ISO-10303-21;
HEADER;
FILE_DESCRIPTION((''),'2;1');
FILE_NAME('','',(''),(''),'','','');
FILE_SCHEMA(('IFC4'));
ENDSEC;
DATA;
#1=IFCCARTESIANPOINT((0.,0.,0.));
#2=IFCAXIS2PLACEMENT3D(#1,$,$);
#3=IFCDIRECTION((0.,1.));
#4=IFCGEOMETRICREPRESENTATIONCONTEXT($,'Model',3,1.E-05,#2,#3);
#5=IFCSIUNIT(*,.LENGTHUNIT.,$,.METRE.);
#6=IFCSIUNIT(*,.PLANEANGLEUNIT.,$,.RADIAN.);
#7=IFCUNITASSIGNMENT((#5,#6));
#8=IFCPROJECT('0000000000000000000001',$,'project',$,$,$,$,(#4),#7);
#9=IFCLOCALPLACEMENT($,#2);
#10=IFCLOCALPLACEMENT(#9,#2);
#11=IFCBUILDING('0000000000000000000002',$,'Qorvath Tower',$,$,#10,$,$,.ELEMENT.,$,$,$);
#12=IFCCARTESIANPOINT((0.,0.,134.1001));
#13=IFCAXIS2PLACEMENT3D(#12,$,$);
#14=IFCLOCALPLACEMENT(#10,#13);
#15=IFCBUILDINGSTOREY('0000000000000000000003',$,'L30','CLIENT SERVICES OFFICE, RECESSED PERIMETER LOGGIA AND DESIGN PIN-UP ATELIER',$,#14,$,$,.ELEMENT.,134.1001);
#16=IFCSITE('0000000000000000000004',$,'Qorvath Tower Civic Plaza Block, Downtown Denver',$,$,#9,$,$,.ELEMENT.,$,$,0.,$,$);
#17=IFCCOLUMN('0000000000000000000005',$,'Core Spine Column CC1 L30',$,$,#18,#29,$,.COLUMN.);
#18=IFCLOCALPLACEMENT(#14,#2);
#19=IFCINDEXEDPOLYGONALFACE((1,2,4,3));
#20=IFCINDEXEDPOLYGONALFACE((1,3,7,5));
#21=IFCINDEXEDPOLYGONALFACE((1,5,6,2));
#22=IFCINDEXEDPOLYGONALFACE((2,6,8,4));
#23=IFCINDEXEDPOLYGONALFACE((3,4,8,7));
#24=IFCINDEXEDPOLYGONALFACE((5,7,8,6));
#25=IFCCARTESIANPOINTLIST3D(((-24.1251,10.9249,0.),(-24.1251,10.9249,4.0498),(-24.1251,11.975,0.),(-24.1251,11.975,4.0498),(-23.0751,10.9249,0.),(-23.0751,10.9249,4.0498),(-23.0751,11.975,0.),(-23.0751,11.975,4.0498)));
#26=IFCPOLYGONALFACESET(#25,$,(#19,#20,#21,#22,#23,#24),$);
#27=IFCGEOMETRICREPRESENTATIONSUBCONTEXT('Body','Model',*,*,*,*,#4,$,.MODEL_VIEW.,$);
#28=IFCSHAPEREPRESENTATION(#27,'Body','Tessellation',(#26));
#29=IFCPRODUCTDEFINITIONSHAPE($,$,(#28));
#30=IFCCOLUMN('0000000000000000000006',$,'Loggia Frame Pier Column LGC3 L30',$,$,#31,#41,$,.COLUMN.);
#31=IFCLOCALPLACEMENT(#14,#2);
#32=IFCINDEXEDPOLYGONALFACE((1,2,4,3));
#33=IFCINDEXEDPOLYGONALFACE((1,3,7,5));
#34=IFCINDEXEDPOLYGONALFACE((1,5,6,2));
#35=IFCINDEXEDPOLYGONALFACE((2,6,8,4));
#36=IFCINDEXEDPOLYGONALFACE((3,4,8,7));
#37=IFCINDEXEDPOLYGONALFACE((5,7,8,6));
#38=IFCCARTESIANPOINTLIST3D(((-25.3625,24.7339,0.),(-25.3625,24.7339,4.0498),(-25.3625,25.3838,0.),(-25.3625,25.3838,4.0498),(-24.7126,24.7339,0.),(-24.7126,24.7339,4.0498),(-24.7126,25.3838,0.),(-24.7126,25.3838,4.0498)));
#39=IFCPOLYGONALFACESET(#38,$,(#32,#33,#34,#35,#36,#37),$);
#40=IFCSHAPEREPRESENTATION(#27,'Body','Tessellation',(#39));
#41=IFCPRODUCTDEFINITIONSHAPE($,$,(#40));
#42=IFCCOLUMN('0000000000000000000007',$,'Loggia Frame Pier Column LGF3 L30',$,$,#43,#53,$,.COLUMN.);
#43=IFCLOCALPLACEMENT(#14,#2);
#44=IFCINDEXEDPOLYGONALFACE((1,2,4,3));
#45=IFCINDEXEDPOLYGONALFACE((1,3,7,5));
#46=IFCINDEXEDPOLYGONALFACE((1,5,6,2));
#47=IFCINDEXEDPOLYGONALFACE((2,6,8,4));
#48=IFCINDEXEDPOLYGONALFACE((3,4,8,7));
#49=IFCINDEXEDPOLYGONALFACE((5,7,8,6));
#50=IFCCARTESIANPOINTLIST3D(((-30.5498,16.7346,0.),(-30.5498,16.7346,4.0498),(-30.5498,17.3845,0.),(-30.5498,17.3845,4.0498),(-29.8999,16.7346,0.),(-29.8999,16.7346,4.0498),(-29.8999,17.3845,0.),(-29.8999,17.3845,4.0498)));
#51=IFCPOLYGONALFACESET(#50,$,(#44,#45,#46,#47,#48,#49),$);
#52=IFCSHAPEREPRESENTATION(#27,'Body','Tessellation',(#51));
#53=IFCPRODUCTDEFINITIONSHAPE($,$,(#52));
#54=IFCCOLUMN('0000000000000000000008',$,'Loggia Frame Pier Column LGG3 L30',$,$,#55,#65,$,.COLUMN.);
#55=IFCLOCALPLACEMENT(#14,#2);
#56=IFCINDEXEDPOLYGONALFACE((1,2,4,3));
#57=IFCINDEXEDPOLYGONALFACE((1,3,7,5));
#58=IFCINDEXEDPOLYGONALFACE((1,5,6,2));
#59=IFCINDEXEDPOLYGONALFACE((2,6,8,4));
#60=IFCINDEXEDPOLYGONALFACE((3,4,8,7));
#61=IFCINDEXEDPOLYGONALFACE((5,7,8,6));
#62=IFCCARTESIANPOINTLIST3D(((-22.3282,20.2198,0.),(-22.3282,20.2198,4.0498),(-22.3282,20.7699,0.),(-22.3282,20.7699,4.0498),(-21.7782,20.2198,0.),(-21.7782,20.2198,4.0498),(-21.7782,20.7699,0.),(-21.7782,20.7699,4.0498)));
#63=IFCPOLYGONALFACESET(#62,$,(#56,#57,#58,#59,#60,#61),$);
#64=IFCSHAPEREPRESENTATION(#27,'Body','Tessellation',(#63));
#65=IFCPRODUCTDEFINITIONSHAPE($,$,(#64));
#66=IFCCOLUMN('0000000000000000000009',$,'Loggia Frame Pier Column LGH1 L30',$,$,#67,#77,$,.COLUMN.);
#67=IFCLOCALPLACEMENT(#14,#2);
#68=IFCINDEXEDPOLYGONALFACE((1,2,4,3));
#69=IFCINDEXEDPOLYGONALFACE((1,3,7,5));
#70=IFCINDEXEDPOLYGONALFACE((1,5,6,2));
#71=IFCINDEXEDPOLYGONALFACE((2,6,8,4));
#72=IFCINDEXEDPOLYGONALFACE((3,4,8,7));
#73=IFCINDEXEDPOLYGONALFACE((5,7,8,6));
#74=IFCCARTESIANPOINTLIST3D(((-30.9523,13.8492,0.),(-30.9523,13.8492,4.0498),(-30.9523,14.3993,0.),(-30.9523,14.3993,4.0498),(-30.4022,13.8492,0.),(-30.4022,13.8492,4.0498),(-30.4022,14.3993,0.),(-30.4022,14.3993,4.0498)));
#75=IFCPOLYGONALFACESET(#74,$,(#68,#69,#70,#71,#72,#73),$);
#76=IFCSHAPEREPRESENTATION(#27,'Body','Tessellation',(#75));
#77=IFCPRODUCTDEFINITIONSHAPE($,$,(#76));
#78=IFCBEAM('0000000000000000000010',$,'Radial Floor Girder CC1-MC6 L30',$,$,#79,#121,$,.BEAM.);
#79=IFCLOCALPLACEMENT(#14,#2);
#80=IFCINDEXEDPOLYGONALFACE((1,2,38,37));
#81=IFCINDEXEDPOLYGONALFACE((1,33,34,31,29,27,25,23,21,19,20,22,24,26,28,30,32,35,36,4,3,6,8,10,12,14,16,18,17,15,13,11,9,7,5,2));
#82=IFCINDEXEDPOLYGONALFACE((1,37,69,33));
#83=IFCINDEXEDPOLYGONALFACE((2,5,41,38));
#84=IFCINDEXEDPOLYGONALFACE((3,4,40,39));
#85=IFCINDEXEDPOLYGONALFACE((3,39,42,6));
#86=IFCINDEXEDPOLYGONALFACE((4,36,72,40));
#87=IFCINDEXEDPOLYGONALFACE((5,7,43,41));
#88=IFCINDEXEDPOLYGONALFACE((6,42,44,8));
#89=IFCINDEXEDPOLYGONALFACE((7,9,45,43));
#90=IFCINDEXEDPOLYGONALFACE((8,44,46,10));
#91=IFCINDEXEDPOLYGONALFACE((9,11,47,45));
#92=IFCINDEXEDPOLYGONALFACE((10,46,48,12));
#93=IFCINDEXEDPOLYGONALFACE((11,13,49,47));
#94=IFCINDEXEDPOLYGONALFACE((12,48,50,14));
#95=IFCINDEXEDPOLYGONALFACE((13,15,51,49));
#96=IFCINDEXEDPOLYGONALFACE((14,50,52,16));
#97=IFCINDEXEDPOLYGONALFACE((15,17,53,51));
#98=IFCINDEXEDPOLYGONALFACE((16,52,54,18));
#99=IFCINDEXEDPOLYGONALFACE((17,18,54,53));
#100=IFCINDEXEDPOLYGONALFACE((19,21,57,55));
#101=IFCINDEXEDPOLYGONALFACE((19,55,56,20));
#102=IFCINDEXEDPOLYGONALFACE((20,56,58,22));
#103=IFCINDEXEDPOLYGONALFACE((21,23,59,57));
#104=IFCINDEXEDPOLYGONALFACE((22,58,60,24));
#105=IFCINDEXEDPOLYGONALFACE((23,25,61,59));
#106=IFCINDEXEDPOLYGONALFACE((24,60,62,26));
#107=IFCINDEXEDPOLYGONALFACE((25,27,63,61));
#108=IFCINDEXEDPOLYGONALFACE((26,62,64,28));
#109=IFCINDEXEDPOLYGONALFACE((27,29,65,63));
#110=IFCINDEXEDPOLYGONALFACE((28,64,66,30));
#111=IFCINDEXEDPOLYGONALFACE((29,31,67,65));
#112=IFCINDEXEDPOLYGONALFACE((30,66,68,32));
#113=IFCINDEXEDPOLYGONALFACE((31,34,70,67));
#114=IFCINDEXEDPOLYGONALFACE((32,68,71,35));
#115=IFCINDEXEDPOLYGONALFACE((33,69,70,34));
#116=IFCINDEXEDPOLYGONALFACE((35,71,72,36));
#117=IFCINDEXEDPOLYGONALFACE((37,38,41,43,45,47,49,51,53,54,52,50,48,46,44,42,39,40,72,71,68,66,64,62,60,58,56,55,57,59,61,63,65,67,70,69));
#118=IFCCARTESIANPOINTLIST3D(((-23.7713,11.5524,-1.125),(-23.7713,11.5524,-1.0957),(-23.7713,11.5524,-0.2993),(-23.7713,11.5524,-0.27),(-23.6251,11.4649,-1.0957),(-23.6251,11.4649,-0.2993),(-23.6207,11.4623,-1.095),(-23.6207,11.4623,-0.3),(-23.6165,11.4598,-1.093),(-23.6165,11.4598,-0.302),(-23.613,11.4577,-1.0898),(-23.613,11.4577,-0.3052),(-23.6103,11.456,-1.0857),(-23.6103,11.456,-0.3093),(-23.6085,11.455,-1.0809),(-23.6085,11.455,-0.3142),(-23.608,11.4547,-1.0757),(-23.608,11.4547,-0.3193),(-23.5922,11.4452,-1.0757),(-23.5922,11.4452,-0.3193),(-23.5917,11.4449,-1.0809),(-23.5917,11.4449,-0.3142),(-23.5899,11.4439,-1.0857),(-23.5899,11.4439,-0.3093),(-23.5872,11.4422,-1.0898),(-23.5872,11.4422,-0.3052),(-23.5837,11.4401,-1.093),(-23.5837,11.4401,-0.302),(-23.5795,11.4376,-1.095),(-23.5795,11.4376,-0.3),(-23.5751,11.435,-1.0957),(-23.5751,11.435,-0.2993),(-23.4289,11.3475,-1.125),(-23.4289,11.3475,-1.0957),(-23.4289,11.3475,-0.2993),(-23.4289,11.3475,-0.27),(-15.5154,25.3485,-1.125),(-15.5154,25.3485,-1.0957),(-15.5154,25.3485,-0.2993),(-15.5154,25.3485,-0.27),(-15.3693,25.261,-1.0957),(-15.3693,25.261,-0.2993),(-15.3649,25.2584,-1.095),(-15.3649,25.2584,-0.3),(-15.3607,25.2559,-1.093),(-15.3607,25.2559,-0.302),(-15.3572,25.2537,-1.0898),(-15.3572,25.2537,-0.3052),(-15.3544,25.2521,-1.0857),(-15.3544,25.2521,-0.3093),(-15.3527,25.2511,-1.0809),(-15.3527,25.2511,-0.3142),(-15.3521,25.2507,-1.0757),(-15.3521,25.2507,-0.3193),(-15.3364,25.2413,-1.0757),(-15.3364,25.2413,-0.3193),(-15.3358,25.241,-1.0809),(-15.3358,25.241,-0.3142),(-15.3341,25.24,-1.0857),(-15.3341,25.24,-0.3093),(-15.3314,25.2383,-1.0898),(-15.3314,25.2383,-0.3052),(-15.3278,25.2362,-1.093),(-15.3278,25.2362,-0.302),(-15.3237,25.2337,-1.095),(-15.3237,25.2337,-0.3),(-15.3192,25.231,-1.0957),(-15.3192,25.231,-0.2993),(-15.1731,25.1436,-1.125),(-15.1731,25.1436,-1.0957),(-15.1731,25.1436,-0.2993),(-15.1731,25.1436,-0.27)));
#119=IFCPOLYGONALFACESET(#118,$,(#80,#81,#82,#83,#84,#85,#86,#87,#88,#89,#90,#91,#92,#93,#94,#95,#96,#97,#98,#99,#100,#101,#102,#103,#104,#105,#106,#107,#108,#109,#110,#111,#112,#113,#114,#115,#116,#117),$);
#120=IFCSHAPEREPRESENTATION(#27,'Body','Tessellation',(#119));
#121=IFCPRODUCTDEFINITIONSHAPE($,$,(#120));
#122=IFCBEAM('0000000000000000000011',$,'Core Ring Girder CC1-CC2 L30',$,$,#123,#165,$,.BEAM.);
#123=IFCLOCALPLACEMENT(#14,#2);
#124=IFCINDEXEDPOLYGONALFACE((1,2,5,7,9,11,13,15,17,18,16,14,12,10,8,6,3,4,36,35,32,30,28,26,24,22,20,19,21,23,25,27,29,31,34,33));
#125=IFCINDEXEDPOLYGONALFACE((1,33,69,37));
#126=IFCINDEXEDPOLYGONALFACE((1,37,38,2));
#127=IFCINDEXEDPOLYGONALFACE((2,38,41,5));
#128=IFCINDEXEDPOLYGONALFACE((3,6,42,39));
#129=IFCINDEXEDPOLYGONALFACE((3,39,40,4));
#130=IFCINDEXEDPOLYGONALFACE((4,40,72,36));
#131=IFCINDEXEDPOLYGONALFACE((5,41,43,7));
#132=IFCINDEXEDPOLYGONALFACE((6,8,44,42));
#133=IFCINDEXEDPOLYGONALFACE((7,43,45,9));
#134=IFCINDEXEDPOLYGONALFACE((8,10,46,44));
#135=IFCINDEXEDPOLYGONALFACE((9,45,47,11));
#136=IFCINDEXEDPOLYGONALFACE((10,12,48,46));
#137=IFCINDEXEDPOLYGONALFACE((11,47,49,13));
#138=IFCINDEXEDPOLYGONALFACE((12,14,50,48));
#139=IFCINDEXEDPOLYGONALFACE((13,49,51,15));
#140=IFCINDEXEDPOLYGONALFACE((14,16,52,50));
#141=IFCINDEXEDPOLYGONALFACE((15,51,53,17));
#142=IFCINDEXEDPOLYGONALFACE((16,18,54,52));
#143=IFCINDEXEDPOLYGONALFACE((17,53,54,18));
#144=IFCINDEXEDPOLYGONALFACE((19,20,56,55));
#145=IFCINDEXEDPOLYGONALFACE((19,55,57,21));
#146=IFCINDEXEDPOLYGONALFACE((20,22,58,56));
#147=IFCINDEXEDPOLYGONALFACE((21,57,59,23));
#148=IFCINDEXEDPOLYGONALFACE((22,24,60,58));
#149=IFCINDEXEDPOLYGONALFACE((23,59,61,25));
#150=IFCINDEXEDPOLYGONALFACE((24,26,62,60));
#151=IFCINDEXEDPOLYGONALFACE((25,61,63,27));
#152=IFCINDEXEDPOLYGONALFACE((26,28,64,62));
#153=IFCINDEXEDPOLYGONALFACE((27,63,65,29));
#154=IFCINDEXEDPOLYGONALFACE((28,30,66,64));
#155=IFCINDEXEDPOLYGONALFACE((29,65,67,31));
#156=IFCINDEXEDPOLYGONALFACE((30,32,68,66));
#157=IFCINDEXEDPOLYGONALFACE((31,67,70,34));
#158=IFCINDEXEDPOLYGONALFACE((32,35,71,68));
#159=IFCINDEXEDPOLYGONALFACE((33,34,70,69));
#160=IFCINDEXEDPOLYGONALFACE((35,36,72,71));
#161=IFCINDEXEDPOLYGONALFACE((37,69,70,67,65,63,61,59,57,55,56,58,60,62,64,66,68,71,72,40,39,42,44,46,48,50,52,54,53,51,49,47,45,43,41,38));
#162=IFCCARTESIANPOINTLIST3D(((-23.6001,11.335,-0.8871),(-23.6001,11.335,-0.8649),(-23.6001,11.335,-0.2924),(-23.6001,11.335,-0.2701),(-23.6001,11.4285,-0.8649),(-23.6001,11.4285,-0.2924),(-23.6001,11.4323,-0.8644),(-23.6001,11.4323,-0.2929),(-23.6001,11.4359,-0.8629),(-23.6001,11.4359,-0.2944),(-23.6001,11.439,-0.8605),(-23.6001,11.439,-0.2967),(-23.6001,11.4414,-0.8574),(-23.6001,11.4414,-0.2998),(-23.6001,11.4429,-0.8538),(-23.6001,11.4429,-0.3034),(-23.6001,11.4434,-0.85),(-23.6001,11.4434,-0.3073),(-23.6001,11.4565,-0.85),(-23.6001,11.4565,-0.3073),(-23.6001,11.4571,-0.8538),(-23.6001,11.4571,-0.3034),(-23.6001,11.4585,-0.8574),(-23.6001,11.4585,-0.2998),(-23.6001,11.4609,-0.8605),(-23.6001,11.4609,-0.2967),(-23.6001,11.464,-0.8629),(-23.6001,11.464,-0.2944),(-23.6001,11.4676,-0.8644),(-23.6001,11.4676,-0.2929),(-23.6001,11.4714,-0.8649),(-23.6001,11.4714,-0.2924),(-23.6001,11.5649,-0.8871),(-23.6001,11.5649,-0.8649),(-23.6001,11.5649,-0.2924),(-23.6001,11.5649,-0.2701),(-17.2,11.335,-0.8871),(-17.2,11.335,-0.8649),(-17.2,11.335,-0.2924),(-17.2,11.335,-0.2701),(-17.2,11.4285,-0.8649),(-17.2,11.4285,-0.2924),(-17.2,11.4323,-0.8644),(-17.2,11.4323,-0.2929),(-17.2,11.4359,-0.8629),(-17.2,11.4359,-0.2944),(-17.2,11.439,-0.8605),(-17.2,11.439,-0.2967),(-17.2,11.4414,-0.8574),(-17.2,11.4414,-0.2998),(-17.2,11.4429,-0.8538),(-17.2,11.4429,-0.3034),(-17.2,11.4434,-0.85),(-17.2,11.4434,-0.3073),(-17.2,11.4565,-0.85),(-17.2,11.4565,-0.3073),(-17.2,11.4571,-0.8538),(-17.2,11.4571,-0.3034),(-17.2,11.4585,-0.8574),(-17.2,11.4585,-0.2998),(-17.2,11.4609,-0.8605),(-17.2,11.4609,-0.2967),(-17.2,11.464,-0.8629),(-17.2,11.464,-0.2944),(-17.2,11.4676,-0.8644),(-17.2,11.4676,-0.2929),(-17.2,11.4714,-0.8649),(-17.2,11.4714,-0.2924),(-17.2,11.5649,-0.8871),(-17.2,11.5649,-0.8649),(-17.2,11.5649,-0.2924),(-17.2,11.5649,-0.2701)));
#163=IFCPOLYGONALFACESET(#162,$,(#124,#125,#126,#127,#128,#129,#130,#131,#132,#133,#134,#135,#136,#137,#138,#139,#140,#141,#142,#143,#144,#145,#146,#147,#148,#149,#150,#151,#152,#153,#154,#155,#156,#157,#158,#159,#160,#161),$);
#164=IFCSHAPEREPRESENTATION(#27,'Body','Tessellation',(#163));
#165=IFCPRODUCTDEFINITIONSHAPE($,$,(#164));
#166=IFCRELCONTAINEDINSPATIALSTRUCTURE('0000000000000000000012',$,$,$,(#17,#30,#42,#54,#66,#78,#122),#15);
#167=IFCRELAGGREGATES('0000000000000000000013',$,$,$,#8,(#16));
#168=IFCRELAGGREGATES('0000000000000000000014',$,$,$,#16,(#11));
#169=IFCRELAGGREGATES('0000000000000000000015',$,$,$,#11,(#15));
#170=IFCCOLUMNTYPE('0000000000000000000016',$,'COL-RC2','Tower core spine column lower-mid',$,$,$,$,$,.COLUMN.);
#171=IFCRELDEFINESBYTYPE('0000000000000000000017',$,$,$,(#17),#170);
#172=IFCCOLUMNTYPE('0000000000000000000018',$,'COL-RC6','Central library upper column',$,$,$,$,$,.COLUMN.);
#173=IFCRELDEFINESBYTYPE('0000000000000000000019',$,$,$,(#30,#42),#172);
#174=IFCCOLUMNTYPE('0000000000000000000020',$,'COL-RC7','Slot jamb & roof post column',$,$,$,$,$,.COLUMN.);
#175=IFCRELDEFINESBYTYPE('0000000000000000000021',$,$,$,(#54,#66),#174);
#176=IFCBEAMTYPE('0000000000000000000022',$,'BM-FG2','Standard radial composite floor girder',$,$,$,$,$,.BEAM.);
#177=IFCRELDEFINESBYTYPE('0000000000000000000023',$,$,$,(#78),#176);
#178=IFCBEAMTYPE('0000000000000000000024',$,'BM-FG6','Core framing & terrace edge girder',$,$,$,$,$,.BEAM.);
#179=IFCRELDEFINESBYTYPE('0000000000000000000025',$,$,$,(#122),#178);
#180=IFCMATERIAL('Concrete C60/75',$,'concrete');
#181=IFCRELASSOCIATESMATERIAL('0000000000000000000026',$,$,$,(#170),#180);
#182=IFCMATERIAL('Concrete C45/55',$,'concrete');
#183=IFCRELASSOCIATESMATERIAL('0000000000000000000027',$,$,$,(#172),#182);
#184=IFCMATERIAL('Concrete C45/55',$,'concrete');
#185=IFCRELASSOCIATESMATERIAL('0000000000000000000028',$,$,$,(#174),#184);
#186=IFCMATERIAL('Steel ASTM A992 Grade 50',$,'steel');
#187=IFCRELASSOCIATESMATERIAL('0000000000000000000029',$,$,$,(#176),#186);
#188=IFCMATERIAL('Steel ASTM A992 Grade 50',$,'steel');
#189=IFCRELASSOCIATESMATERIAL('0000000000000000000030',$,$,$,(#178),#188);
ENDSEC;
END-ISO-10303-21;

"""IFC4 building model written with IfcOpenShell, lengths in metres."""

from ifc_helpers import new_model, si_unit, direction, frame, origin, origin_2d, place, context, subcontext, project, spatial, rectangle, i_section, extrude, material, material_profile, profile_set, type_object, element, save


model = new_model("IFC4")

# Units and contexts
model_context = context("Model", 3, precision=1e-05, world=origin(), true_north=direction((0.0, 1.0)))
body_context = subcontext(model_context, "Body", "Model", "MODEL_VIEW")
ifc_project = project(units=[si_unit("LENGTHUNIT", "METRE"), si_unit("PLANEANGLEUNIT", "RADIAN")], contexts=[model_context])

# Site, building, storey
site_placement = place(None, origin())
site = spatial("IfcSite", under=ifc_project, at=site_placement, Name="Qorvath Tower Civic Plaza Block, Downtown Denver", CompositionType="ELEMENT", RefElevation=0.0)
building_placement = place(site_placement, origin())
building = spatial("IfcBuilding", under=site, at=building_placement, Name="Qorvath Tower", CompositionType="ELEMENT")
storey_placement = place(building_placement, frame((0.0, 0.0, 134.1001)))
storey = spatial("IfcBuildingStorey", under=building, at=storey_placement, Name="L30", Description="CLIENT SERVICES OFFICE, RECESSED PERIMETER LOGGIA AND DESIGN PIN-UP ATELIER", CompositionType="ELEMENT", Elevation=134.1001)

# Columns
ifc_material_1 = material(Name="Concrete C60/75", Category="concrete")
ifc_material_profile_1 = material_profile(ifc_material_1, rectangle(XDim=1.05, YDim=1.05, at=origin_2d()), Name="RC 1050x1050")
ifc_profile_set_1 = profile_set([ifc_material_profile_1], Name="Concrete C60/75")
column_type_1 = type_object("IfcColumnType", Name="COL-RC2", Description="Tower core spine column lower-mid", PredefinedType="COLUMN", material=ifc_profile_set_1)
column_placement = place(storey_placement, frame((-23.6001, 11.45, 0.0), z_axis=(0.0, 0.0, 1.0), x_axis=(1.0, 0.0, 0.0)))
element("IfcColumn", 1, at=column_placement, inside=storey, type_object=column_type_1, Name="Core Spine Column CC1 L30", PredefinedType="COLUMN", context=body_context, shape_type="SweptSolid", body=[
    extrude(rectangle(XDim=1.05, YDim=1.05, at=origin_2d()), origin(), (0.0, 0.0, 1.0), 4.0498),
])
ifc_material_2 = material(Name="Concrete C45/55", Category="concrete")
ifc_material_profile_2 = material_profile(ifc_material_2, rectangle(XDim=0.6499, YDim=0.6499, at=origin_2d()), Name="RC 650x650")
ifc_profile_set_2 = profile_set([ifc_material_profile_2], Name="Concrete C45/55")
column_type_2 = type_object("IfcColumnType", Name="COL-RC6", Description="Central library upper column", PredefinedType="COLUMN", material=ifc_profile_set_2)
for number, where, z_axis, x_axis, name in (
    (2, (-25.0376, 25.0588, 0.0), (0.0, 0.0, 1.0), (1.0, 0.0, 0.0), "Loggia Frame Pier Column LGC3 L30"),
    (3, (-30.2249, 17.0596, 0.0), (0.0, 0.0, 1.0), (1.0, 0.0, 0.0), "Loggia Frame Pier Column LGF3 L30"),
):
    element("IfcColumn", number, at=place(storey_placement, frame(where, z_axis=z_axis, x_axis=x_axis)), inside=storey, type_object=column_type_2, Name=name, PredefinedType="COLUMN", context=body_context, shape_type="SweptSolid", body=[
        extrude(rectangle(XDim=0.6499, YDim=0.6499, at=origin_2d()), origin(), (0.0, 0.0, 1.0), 4.0498),
    ])
ifc_material_3 = material(Name="Concrete C45/55", Category="concrete")
ifc_material_profile_3 = material_profile(ifc_material_3, rectangle(XDim=0.55, YDim=0.55, at=origin_2d()), Name="RC 550x550")
ifc_profile_set_3 = profile_set([ifc_material_profile_3], Name="Concrete C45/55")
column_type_3 = type_object("IfcColumnType", Name="COL-RC7", Description="Slot jamb & roof post column", PredefinedType="COLUMN", material=ifc_profile_set_3)
for number, where, z_axis, x_axis, name in (
    (4, (-22.0532, 20.4949, 0.0), (0.0, 0.0, 1.0), (1.0, 0.0, 0.0), "Loggia Frame Pier Column LGG3 L30"),
    (5, (-30.6772, 14.1243, 0.0), (0.0, 0.0, 1.0), (1.0, 0.0, 0.0), "Loggia Frame Pier Column LGH1 L30"),
):
    element("IfcColumn", number, at=place(storey_placement, frame(where, z_axis=z_axis, x_axis=x_axis)), inside=storey, type_object=column_type_3, Name=name, PredefinedType="COLUMN", context=body_context, shape_type="SweptSolid", body=[
        extrude(rectangle(XDim=0.55, YDim=0.55, at=origin_2d()), origin(), (0.0, 0.0, 1.0), 4.0498),
    ])

# Beams
ifc_material_4 = material(Name="Steel ASTM A992 Grade 50", Category="steel")
ifc_material_profile_4 = material_profile(ifc_material_4, i_section(OverallWidth=0.3989, OverallDepth=0.855, WebThickness=0.0183, FlangeThickness=0.0293, FilletRadius=0.02, at=origin_2d()), Name="W33x201")
ifc_profile_set_4 = profile_set([ifc_material_profile_4], Name="Steel ASTM A992 Grade 50")
beam_type_1 = type_object("IfcBeamType", Name="BM-FG2", Description="Standard radial composite floor girder", PredefinedType="BEAM", material=ifc_profile_set_4)
beam_1_placement = place(storey_placement, frame((-23.6001, 11.45, -0.6975), z_axis=(0.513497, 0.858091, 0.0), x_axis=(-0.858091, 0.513497, 0.0)))
element("IfcBeam", 6, at=beam_1_placement, inside=storey, type_object=beam_type_1, Name="Radial Floor Girder CC1-MC6 L30", PredefinedType="BEAM", context=body_context, shape_type="SweptSolid", body=[
    extrude(i_section(OverallWidth=0.3989, OverallDepth=0.855, WebThickness=0.0183, FlangeThickness=0.0293, FilletRadius=0.02, at=origin_2d()), origin(), (0.0, 0.0, 1.0), 16.0776),
])
ifc_material_5 = material(Name="Steel ASTM A992 Grade 50", Category="steel")
ifc_material_profile_5 = material_profile(ifc_material_5, i_section(OverallWidth=0.23, OverallDepth=0.6169, WebThickness=0.0132, FlangeThickness=0.0222, FilletRadius=0.0149, at=origin_2d()), Name="W24x94")
ifc_profile_set_5 = profile_set([ifc_material_profile_5], Name="Steel ASTM A992 Grade 50")
beam_type_2 = type_object("IfcBeamType", Name="BM-FG6", Description="Core framing & terrace edge girder", PredefinedType="BEAM", material=ifc_profile_set_5)
beam_2_placement = place(storey_placement, frame((-23.6001, 11.45, -0.5786), z_axis=(1.0, 0.0, 0.0), x_axis=(0.0, 1.0, 0.0)))
element("IfcBeam", 7, at=beam_2_placement, inside=storey, type_object=beam_type_2, Name="Core Ring Girder CC1-CC2 L30", PredefinedType="BEAM", context=body_context, shape_type="SweptSolid", body=[
    extrude(i_section(OverallWidth=0.23, OverallDepth=0.6169, WebThickness=0.0132, FlangeThickness=0.0222, FilletRadius=0.0149, at=origin_2d()), origin(), (0.0, 0.0, 1.0), 6.4001),
])

save(model, "model.ifc")
